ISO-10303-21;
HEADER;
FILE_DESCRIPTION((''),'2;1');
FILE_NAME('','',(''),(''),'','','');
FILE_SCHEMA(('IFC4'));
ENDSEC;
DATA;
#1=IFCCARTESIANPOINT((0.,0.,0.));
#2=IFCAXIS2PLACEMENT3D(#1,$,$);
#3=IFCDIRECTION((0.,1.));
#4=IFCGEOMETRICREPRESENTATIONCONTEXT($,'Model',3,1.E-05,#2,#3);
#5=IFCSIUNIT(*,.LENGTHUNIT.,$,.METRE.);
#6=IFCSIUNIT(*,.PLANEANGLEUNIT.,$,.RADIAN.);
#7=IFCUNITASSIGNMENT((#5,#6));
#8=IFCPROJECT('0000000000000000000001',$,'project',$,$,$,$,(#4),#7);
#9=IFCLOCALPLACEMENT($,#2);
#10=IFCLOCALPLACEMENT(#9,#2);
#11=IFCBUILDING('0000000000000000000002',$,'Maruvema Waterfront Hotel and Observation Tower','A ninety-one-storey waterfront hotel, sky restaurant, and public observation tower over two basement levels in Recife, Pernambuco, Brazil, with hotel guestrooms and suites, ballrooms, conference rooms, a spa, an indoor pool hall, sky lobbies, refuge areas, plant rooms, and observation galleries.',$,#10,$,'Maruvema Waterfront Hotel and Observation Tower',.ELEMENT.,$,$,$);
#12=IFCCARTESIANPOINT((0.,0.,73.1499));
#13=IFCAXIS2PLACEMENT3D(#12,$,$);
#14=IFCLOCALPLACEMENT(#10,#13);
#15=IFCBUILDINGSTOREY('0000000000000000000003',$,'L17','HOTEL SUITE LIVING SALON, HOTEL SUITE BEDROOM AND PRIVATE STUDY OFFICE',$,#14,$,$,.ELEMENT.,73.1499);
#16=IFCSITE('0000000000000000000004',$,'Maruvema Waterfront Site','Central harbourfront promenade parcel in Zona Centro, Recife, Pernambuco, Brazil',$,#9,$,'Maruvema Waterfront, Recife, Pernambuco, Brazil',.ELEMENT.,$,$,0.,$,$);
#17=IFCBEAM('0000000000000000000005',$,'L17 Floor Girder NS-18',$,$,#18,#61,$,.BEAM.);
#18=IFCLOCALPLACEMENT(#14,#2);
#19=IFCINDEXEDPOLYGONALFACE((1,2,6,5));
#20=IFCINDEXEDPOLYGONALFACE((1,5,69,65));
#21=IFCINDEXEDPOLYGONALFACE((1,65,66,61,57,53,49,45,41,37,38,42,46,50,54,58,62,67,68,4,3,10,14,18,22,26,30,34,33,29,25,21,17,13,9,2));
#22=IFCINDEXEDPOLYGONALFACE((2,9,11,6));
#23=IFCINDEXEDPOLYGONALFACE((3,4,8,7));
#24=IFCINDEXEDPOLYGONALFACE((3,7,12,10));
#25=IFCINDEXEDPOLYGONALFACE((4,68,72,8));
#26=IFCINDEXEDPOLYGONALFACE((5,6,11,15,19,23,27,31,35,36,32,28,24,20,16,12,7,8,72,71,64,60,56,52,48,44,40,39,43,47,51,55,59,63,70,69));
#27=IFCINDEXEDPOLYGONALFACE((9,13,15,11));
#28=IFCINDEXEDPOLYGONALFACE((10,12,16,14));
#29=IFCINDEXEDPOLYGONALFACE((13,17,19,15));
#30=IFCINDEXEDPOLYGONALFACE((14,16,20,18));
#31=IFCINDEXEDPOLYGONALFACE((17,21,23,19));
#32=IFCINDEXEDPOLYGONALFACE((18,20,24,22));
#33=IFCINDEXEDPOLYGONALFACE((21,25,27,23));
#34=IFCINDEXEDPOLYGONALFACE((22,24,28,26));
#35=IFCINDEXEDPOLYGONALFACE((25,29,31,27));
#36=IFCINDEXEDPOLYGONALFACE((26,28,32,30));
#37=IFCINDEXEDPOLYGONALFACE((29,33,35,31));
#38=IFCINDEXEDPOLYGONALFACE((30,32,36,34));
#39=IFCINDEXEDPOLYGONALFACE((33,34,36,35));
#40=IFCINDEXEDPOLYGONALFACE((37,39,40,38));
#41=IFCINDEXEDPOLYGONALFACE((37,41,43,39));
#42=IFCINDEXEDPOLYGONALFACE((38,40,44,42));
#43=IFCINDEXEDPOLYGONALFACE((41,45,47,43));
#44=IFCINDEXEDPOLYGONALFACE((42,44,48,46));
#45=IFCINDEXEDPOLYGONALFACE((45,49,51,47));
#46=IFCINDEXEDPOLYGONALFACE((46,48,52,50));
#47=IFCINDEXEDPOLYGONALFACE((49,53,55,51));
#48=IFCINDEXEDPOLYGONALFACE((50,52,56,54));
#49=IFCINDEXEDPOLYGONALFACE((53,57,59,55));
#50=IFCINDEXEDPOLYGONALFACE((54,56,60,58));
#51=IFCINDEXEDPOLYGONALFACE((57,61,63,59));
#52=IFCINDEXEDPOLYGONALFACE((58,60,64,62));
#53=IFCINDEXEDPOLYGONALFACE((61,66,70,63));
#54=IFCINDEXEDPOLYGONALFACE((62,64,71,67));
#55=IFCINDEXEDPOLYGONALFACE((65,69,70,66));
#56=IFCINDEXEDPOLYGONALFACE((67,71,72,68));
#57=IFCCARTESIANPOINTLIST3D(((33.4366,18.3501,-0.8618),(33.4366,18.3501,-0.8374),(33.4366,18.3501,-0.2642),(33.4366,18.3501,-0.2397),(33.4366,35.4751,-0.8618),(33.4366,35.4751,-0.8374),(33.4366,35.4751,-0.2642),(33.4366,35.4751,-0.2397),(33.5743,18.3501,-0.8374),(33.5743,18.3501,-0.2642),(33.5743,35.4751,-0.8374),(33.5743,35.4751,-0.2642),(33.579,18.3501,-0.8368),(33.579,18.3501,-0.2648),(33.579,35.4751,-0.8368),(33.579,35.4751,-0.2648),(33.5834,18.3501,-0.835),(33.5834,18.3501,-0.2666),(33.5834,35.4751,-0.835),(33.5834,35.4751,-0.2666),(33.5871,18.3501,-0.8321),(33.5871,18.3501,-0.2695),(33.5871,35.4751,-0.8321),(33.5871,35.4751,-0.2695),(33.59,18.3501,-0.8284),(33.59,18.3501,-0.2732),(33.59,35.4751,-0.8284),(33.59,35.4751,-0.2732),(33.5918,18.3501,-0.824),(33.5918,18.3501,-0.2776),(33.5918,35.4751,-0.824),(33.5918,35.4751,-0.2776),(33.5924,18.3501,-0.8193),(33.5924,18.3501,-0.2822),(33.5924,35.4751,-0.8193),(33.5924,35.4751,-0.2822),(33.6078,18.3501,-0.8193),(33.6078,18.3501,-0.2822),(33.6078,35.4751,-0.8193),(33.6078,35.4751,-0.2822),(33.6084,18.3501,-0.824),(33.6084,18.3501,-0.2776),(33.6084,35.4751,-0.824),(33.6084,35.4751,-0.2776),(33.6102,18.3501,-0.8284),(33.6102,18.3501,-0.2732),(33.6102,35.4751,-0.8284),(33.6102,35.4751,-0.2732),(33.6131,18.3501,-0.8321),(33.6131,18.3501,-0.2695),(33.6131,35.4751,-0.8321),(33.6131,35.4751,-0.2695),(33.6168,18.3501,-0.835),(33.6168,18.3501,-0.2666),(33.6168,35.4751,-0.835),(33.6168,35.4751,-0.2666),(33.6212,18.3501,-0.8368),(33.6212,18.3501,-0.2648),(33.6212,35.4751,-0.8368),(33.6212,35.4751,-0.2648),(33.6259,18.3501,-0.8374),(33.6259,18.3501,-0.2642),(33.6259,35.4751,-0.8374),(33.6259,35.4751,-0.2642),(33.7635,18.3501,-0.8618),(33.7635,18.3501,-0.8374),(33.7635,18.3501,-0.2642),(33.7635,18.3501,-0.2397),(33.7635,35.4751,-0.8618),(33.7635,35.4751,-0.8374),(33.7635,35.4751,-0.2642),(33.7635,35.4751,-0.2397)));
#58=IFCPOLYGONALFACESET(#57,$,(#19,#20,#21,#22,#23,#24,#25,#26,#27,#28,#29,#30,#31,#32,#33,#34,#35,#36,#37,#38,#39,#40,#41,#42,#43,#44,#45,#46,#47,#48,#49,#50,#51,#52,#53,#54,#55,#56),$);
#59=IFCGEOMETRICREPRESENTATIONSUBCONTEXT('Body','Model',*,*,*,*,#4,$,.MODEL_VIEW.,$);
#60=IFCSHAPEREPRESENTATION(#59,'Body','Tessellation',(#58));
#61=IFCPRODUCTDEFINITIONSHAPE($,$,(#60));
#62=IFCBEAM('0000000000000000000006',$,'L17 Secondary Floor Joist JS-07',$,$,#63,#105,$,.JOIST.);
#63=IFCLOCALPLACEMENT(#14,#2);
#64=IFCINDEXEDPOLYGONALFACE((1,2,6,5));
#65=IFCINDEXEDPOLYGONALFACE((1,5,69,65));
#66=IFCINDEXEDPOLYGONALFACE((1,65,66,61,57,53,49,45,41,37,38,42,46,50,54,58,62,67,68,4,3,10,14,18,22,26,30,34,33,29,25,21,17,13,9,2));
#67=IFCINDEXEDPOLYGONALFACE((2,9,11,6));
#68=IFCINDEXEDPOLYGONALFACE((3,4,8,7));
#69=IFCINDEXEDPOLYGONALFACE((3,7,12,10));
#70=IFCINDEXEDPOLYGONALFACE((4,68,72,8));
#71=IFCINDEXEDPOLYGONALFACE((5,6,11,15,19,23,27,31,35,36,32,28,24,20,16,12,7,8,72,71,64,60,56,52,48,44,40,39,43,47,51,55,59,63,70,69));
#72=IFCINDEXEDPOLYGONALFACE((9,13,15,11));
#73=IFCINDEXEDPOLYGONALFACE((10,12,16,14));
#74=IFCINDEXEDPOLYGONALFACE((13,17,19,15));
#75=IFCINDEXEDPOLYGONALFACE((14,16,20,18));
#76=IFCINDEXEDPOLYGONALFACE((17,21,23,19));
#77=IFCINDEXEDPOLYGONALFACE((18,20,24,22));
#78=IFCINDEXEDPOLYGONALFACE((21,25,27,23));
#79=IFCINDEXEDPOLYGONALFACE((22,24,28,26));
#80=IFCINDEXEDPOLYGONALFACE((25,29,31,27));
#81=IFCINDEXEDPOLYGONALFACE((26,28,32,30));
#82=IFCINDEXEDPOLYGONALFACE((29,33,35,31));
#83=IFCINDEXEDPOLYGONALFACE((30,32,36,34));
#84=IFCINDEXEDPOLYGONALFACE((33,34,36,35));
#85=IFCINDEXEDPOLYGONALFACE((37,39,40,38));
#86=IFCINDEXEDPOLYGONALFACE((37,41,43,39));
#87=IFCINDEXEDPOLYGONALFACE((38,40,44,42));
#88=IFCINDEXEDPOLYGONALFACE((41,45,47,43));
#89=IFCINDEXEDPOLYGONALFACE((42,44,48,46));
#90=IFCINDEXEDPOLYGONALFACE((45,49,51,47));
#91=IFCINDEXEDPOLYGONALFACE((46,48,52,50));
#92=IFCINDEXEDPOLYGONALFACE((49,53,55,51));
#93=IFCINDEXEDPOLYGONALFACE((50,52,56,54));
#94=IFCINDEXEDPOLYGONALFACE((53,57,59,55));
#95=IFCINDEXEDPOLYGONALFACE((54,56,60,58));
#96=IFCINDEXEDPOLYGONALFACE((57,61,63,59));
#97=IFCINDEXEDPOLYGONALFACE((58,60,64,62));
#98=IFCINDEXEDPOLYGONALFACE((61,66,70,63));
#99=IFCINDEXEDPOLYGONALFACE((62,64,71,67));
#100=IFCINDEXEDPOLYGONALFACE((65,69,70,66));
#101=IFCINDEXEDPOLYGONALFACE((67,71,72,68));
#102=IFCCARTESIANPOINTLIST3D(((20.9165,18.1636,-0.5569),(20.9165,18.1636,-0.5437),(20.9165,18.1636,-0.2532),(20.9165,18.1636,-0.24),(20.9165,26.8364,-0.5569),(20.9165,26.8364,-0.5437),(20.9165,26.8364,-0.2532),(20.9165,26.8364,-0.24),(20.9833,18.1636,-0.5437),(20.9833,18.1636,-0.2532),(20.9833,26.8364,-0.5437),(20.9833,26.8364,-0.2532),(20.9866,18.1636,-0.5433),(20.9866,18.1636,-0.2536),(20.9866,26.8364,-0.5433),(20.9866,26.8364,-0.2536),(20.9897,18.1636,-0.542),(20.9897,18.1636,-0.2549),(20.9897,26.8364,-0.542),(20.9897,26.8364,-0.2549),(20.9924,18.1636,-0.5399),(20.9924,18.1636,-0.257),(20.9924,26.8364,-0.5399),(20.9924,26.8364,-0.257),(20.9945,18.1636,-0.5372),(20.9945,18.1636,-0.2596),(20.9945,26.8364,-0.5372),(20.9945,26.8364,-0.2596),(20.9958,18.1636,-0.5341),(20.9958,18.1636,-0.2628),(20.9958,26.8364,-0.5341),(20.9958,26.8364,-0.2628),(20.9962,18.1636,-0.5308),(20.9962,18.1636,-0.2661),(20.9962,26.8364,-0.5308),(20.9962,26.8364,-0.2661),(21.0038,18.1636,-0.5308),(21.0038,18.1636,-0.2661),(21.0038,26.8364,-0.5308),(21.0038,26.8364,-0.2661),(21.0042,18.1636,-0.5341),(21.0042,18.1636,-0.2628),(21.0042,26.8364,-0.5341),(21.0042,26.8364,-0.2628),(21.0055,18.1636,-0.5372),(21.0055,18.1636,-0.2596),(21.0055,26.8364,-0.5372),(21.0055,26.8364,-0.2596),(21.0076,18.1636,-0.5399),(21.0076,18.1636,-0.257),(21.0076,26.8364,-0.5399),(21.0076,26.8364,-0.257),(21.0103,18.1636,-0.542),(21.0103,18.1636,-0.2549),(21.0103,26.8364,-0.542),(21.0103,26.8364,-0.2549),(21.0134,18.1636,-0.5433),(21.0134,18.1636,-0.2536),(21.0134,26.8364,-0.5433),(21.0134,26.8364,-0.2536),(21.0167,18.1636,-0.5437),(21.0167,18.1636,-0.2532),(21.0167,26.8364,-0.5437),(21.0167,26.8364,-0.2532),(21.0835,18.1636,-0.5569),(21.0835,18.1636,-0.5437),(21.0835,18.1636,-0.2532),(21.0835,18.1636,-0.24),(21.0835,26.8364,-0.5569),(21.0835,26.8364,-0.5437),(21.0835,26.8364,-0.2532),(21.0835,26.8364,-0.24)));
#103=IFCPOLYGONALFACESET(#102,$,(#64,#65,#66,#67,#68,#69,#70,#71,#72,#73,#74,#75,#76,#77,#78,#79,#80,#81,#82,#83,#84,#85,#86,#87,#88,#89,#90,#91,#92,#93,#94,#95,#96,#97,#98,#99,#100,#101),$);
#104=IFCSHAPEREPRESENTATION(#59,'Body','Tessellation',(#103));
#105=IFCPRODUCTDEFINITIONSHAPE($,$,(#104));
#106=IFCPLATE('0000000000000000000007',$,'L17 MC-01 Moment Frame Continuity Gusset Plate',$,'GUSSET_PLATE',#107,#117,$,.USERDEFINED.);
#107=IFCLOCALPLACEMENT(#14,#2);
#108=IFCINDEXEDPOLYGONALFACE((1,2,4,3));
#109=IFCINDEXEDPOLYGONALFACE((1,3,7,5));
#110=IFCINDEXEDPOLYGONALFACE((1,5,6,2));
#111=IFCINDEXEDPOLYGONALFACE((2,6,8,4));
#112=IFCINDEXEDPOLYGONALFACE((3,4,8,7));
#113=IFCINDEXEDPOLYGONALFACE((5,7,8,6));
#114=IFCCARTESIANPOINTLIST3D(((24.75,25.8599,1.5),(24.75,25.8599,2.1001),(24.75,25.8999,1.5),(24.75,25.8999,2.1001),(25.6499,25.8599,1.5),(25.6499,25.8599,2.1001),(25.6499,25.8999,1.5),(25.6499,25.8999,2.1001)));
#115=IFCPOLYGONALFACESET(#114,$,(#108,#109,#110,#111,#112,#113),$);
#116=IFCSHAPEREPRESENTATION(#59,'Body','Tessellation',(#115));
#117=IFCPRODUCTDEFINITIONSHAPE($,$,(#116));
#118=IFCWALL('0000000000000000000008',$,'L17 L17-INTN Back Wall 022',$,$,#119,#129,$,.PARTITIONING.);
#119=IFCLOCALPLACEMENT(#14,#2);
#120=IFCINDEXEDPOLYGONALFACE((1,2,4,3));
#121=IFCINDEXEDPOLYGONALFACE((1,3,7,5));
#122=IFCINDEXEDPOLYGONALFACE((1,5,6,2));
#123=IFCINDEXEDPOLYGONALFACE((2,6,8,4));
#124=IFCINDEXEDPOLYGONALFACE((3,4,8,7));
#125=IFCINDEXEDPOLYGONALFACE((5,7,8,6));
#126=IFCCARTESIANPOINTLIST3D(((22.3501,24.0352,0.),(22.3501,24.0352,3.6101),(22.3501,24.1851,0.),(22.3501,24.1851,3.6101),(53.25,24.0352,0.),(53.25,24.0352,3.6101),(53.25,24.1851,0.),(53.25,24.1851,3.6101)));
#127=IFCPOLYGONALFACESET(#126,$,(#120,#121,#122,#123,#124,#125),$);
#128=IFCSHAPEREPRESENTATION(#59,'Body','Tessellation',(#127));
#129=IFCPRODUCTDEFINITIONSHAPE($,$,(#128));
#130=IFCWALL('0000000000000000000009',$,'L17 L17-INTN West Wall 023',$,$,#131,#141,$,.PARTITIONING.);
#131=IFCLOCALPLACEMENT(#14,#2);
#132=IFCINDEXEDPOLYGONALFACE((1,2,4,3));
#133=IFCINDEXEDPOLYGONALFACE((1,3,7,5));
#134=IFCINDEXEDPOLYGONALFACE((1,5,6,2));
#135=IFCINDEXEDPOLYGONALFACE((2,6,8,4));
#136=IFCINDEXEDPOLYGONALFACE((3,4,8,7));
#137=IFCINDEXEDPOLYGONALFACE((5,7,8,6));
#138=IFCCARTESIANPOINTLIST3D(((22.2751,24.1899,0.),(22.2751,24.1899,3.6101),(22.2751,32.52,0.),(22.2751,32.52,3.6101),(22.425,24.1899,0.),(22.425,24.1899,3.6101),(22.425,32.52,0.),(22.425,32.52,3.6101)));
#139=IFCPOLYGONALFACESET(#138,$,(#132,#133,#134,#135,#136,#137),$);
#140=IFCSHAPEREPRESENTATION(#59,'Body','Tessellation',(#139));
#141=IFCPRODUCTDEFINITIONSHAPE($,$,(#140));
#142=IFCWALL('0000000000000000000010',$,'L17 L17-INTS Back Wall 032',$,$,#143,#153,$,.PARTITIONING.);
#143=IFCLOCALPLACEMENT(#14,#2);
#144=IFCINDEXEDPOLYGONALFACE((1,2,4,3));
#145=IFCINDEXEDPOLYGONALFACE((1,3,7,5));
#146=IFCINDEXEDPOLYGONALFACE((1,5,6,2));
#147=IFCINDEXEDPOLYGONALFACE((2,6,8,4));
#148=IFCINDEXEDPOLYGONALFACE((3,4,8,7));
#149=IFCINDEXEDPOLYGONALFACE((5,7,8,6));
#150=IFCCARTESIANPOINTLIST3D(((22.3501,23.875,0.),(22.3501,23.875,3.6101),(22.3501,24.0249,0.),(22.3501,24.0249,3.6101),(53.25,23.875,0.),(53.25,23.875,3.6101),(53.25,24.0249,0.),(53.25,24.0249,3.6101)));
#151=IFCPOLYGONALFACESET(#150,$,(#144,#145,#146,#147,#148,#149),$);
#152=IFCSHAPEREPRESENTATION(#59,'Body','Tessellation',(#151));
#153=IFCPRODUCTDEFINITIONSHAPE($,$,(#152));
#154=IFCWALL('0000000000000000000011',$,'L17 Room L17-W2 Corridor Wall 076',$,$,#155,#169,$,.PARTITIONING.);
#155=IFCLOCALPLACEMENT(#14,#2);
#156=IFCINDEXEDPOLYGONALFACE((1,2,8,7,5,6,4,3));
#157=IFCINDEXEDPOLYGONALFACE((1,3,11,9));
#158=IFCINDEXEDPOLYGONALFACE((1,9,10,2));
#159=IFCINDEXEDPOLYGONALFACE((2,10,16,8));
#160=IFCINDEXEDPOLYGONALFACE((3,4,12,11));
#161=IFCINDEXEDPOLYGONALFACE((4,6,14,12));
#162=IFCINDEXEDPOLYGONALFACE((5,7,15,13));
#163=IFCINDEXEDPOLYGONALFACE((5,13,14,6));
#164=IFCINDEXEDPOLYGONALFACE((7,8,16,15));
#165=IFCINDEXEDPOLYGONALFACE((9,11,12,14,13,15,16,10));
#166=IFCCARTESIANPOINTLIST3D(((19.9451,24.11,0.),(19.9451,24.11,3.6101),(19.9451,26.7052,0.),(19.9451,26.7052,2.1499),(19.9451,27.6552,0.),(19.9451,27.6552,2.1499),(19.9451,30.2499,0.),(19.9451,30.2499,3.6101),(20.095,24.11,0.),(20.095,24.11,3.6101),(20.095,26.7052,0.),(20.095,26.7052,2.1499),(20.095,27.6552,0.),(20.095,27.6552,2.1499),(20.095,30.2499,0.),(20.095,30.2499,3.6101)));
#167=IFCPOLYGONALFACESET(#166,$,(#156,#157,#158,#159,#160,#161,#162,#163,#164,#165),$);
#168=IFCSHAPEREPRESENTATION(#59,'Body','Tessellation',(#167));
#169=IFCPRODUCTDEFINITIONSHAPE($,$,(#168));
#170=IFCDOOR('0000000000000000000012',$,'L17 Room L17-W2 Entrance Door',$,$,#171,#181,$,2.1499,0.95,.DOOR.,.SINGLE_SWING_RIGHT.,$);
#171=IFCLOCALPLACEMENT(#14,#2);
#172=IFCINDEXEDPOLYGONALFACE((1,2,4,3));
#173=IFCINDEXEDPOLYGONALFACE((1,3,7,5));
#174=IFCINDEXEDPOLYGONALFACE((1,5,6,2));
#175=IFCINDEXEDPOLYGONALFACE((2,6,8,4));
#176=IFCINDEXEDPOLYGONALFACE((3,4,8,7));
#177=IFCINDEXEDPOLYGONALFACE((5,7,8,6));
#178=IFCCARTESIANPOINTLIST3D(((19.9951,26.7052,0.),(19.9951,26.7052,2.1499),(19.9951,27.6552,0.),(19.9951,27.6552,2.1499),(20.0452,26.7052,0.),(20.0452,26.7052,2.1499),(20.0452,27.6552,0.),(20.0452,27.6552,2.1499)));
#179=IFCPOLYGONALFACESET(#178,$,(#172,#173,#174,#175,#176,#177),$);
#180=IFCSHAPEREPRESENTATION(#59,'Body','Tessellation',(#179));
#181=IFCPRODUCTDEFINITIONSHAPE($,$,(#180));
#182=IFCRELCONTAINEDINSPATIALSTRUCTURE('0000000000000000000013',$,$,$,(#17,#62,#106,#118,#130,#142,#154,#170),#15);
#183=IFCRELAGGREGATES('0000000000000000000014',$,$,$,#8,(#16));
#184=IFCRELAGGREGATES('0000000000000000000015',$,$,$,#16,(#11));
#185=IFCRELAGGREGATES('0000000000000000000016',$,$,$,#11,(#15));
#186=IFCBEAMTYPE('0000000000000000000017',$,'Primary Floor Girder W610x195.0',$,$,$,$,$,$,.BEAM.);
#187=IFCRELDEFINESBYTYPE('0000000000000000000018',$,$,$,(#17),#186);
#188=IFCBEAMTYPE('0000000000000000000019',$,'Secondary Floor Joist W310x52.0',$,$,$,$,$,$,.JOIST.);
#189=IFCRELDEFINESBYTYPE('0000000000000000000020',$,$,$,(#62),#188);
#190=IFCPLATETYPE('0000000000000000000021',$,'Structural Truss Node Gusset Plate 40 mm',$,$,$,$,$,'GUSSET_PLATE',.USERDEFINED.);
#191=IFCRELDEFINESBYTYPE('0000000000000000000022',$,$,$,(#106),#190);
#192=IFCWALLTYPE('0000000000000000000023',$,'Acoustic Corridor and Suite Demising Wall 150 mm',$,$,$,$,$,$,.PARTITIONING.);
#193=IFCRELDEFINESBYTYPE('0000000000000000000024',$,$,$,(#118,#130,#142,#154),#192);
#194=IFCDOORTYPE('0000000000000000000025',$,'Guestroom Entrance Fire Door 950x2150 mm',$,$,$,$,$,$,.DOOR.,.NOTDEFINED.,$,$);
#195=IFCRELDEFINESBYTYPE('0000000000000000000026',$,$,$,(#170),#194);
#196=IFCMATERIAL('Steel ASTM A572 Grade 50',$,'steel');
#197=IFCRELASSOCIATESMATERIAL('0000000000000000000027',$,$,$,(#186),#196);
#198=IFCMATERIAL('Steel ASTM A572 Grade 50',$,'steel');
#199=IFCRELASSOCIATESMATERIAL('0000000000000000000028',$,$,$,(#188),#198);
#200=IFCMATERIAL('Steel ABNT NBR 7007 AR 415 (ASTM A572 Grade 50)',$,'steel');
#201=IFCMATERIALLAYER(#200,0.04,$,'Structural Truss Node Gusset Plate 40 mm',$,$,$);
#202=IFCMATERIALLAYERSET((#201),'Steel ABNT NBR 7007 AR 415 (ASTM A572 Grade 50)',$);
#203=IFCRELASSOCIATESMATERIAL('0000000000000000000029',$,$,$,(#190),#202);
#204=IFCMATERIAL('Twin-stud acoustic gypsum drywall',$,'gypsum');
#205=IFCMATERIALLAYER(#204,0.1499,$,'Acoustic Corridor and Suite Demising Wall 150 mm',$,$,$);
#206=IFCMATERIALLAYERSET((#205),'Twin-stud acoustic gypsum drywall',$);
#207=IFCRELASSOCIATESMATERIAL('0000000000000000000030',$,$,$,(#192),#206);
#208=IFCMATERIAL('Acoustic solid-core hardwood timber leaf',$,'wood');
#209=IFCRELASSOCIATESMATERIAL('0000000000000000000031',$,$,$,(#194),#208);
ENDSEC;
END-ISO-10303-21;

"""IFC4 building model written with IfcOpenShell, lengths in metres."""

from ifc_helpers import new_model, si_unit, direction, frame, frame_2d, origin, origin_2d, place, context, subcontext, project, spatial, rectangle, i_section, extrude, material, layer, layer_set, material_profile, profile_set, type_object, element, fill, save


model = new_model("IFC4")

# Units and contexts
model_context = context("Model", 3, precision=1e-05, world=origin(), true_north=direction((0.0, 1.0)))
body_context = subcontext(model_context, "Body", "Model", "MODEL_VIEW")
ifc_project = project(units=[si_unit("LENGTHUNIT", "METRE"), si_unit("PLANEANGLEUNIT", "RADIAN")], contexts=[model_context])

# Site, building, storey
site_placement = place(None, origin())
site = spatial("IfcSite", under=ifc_project, at=site_placement, Name="Maruvema Waterfront Site", Description="Central harbourfront promenade parcel in Zona Centro, Recife, Pernambuco, Brazil", LongName="Maruvema Waterfront, Recife, Pernambuco, Brazil", CompositionType="ELEMENT", RefElevation=0.0)
building_placement = place(site_placement, origin())
building = spatial("IfcBuilding", under=site, at=building_placement, Name="Maruvema Waterfront Hotel and Observation Tower", Description="A ninety-one-storey waterfront hotel, sky restaurant, and public observation tower over two basement levels in Recife, Pernambuco, Brazil, with hotel guestrooms and suites, ballrooms, conference rooms, a spa, an indoor pool hall, sky lobbies, refuge areas, plant rooms, and observation galleries.", LongName="Maruvema Waterfront Hotel and Observation Tower", CompositionType="ELEMENT")
storey_placement = place(building_placement, frame((0.0, 0.0, 73.1499)))
storey = spatial("IfcBuildingStorey", under=building, at=storey_placement, Name="L17", Description="HOTEL SUITE LIVING SALON, HOTEL SUITE BEDROOM AND PRIVATE STUDY OFFICE", CompositionType="ELEMENT", Elevation=73.1499)

# Beams
ifc_material_1 = material(Name="Steel ASTM A572 Grade 50", Category="steel")
ifc_material_profile_1 = material_profile(ifc_material_1, i_section(OverallWidth=0.3269, OverallDepth=0.6221, WebThickness=0.0154, FlangeThickness=0.0244, FilletRadius=0.0181, at=origin_2d()), Name="W610x195.0")
ifc_profile_set_1 = profile_set([ifc_material_profile_1], Name="Steel ASTM A572 Grade 50")
beam_type_1 = type_object("IfcBeamType", Name="Primary Floor Girder W610x195.0", PredefinedType="BEAM", material=ifc_profile_set_1)
beam_1_placement = place(storey_placement, frame((33.6001, 18.3501, -0.5508), z_axis=(0.0, 1.0, 0.0), x_axis=(-1.0, 0.0, 0.0)))
element("IfcBeam", 1, at=beam_1_placement, inside=storey, type_object=beam_type_1, Name="L17 Floor Girder NS-18", PredefinedType="BEAM", context=body_context, shape_type="SweptSolid", body=[
    extrude(i_section(OverallWidth=0.3269, OverallDepth=0.6221, WebThickness=0.0154, FlangeThickness=0.0244, FilletRadius=0.0181, at=origin_2d()), origin(), (0.0, 0.0, 1.0), 17.125),
])
ifc_material_2 = material(Name="Steel ASTM A572 Grade 50", Category="steel")
ifc_material_profile_2 = material_profile(ifc_material_2, i_section(OverallWidth=0.167, OverallDepth=0.3169, WebThickness=0.0076, FlangeThickness=0.0132, FilletRadius=0.0129, at=origin_2d()), Name="W310x52.0")
ifc_profile_set_2 = profile_set([ifc_material_profile_2], Name="Steel ASTM A572 Grade 50")
beam_type_2 = type_object("IfcBeamType", Name="Secondary Floor Joist W310x52.0", PredefinedType="JOIST", material=ifc_profile_set_2)
beam_2_placement = place(storey_placement, frame((21.0, 18.1636, -0.3984), z_axis=(0.0, 1.0, 0.0), x_axis=(-1.0, 0.0, 0.0)))
element("IfcBeam", 2, at=beam_2_placement, inside=storey, type_object=beam_type_2, Name="L17 Secondary Floor Joist JS-07", PredefinedType="JOIST", context=body_context, shape_type="SweptSolid", body=[
    extrude(i_section(OverallWidth=0.167, OverallDepth=0.3169, WebThickness=0.0076, FlangeThickness=0.0132, FilletRadius=0.0129, at=origin_2d()), origin(), (0.0, 0.0, 1.0), 8.6729),
])

# Plate
ifc_material_3 = material(Name="Steel ABNT NBR 7007 AR 415 (ASTM A572 Grade 50)", Category="steel")
ifc_layer_1 = layer(ifc_material_3, 0.04, Name="Structural Truss Node Gusset Plate 40 mm")
ifc_layer_set_1 = layer_set([ifc_layer_1], Name="Steel ABNT NBR 7007 AR 415 (ASTM A572 Grade 50)")
plate_type = type_object("IfcPlateType", Name="Structural Truss Node Gusset Plate 40 mm", ElementType="GUSSET_PLATE", PredefinedType="USERDEFINED", material=ifc_layer_set_1)
plate_placement = place(storey_placement, frame((25.2, 25.8799, 1.5), z_axis=(0.0, 0.0, 1.0), x_axis=(1.0, 0.0, 0.0)))
element("IfcPlate", 3, at=plate_placement, inside=storey, type_object=plate_type, Name="L17 MC-01 Moment Frame Continuity Gusset Plate", ObjectType="GUSSET_PLATE", PredefinedType="USERDEFINED", context=body_context, shape_type="SweptSolid", body=[
    extrude(rectangle(XDim=0.8999, YDim=0.04, at=origin_2d()), origin(), (0.0, 0.0, 1.0), 0.6001),
])

# Walls
ifc_material_4 = material(Name="Twin-stud acoustic gypsum drywall", Category="gypsum")
ifc_layer_2 = layer(ifc_material_4, 0.1499, Name="Acoustic Corridor and Suite Demising Wall 150 mm")
ifc_layer_set_2 = layer_set([ifc_layer_2], Name="Twin-stud acoustic gypsum drywall")
wall_type_1 = type_object("IfcWallType", Name="Acoustic Corridor and Suite Demising Wall 150 mm", PredefinedType="PARTITIONING", material=ifc_layer_set_2)
wall_1_placement = place(storey_placement, frame((22.3501, 24.1101, 0.0), z_axis=(0.0, 0.0, 1.0), x_axis=(1.0, 0.0, 0.0)))
element("IfcWall", 4, at=wall_1_placement, inside=storey, type_object=wall_type_1, Name="L17 L17-INTN Back Wall 022", PredefinedType="PARTITIONING", context=body_context, shape_type="SweptSolid", body=[
    extrude(rectangle(XDim=30.8999, YDim=0.1499, at=frame_2d((15.45, 0.0))), origin(), (0.0, 0.0, 1.0), 3.6101),
])
wall_2_placement = place(storey_placement, frame((22.3501, 24.1899, 0.0), z_axis=(0.0, 0.0, 1.0), x_axis=(0.0, 1.0, 0.0)))
element("IfcWall", 5, at=wall_2_placement, inside=storey, type_object=wall_type_1, Name="L17 L17-INTN West Wall 023", PredefinedType="PARTITIONING", context=body_context, shape_type="SweptSolid", body=[
    extrude(rectangle(XDim=8.3301, YDim=0.1499, at=frame_2d((4.165, 0.0))), origin(), (0.0, 0.0, 1.0), 3.6101),
])
wall_3_placement = place(storey_placement, frame((22.3501, 23.95, 0.0), z_axis=(0.0, 0.0, 1.0), x_axis=(1.0, 0.0, 0.0)))
element("IfcWall", 6, at=wall_3_placement, inside=storey, type_object=wall_type_1, Name="L17 L17-INTS Back Wall 032", PredefinedType="PARTITIONING", context=body_context, shape_type="SweptSolid", body=[
    extrude(rectangle(XDim=30.8999, YDim=0.1499, at=frame_2d((15.45, 0.0))), origin(), (0.0, 0.0, 1.0), 3.6101),
])

# Wall, opening, door
wall_4_placement = place(storey_placement, frame((20.02, 24.1101, 0.0), z_axis=(0.0, 0.0, 1.0), x_axis=(0.0, 1.0, 0.0)))
wall_4 = element("IfcWall", 7, at=wall_4_placement, inside=storey, type_object=wall_type_1, Name="L17 Room L17-W2 Corridor Wall 076", PredefinedType="PARTITIONING", context=body_context, shape_type="SweptSolid", body=[
    extrude(rectangle(XDim=6.1399, YDim=0.1499, at=frame_2d((3.0698, 0.0))), origin(), (0.0, 0.0, 1.0), 3.6101),
])
opening_placement = place(wall_4_placement, frame((2.595, 0.0, 0.0)))
opening = element("IfcOpeningElement", 8, at=opening_placement, cuts=wall_4, PredefinedType="OPENING", context=body_context, shape_type="SweptSolid", body=[
    extrude(rectangle(XDim=0.95, YDim=2.1499, at=frame_2d((0.4751, 1.075))), frame((0.0, 0.085, 0.0), z_axis=(0.0, -1.0, 0.0), x_axis=(1.0, 0.0, 0.0)), (0.0, 0.0, 1.0), 0.1699),
])
ifc_material_5 = material(Name="Acoustic solid-core hardwood timber leaf", Category="wood")
door_type = type_object("IfcDoorType", Name="Guestroom Entrance Fire Door 950x2150 mm", OperationType="NOTDEFINED", PredefinedType="DOOR", material=ifc_material_5)
door_placement = place(opening_placement, origin())
door = element("IfcDoor", 9, at=door_placement, inside=storey, type_object=door_type, Name="L17 Room L17-W2 Entrance Door", OperationType="SINGLE_SWING_RIGHT", OverallHeight=2.1499, OverallWidth=0.95, PredefinedType="DOOR", context=body_context, shape_type="SweptSolid", body=[
    extrude(rectangle(XDim=0.95, YDim=2.1499, at=frame_2d((0.4751, 1.075))), frame((0.0, 0.0249, 0.0), z_axis=(0.0, -1.0, 0.0), x_axis=(1.0, 0.0, 0.0)), (0.0, 0.0, 1.0), 0.05),
])
fill(opening, door)

save(model, "model.ifc")
